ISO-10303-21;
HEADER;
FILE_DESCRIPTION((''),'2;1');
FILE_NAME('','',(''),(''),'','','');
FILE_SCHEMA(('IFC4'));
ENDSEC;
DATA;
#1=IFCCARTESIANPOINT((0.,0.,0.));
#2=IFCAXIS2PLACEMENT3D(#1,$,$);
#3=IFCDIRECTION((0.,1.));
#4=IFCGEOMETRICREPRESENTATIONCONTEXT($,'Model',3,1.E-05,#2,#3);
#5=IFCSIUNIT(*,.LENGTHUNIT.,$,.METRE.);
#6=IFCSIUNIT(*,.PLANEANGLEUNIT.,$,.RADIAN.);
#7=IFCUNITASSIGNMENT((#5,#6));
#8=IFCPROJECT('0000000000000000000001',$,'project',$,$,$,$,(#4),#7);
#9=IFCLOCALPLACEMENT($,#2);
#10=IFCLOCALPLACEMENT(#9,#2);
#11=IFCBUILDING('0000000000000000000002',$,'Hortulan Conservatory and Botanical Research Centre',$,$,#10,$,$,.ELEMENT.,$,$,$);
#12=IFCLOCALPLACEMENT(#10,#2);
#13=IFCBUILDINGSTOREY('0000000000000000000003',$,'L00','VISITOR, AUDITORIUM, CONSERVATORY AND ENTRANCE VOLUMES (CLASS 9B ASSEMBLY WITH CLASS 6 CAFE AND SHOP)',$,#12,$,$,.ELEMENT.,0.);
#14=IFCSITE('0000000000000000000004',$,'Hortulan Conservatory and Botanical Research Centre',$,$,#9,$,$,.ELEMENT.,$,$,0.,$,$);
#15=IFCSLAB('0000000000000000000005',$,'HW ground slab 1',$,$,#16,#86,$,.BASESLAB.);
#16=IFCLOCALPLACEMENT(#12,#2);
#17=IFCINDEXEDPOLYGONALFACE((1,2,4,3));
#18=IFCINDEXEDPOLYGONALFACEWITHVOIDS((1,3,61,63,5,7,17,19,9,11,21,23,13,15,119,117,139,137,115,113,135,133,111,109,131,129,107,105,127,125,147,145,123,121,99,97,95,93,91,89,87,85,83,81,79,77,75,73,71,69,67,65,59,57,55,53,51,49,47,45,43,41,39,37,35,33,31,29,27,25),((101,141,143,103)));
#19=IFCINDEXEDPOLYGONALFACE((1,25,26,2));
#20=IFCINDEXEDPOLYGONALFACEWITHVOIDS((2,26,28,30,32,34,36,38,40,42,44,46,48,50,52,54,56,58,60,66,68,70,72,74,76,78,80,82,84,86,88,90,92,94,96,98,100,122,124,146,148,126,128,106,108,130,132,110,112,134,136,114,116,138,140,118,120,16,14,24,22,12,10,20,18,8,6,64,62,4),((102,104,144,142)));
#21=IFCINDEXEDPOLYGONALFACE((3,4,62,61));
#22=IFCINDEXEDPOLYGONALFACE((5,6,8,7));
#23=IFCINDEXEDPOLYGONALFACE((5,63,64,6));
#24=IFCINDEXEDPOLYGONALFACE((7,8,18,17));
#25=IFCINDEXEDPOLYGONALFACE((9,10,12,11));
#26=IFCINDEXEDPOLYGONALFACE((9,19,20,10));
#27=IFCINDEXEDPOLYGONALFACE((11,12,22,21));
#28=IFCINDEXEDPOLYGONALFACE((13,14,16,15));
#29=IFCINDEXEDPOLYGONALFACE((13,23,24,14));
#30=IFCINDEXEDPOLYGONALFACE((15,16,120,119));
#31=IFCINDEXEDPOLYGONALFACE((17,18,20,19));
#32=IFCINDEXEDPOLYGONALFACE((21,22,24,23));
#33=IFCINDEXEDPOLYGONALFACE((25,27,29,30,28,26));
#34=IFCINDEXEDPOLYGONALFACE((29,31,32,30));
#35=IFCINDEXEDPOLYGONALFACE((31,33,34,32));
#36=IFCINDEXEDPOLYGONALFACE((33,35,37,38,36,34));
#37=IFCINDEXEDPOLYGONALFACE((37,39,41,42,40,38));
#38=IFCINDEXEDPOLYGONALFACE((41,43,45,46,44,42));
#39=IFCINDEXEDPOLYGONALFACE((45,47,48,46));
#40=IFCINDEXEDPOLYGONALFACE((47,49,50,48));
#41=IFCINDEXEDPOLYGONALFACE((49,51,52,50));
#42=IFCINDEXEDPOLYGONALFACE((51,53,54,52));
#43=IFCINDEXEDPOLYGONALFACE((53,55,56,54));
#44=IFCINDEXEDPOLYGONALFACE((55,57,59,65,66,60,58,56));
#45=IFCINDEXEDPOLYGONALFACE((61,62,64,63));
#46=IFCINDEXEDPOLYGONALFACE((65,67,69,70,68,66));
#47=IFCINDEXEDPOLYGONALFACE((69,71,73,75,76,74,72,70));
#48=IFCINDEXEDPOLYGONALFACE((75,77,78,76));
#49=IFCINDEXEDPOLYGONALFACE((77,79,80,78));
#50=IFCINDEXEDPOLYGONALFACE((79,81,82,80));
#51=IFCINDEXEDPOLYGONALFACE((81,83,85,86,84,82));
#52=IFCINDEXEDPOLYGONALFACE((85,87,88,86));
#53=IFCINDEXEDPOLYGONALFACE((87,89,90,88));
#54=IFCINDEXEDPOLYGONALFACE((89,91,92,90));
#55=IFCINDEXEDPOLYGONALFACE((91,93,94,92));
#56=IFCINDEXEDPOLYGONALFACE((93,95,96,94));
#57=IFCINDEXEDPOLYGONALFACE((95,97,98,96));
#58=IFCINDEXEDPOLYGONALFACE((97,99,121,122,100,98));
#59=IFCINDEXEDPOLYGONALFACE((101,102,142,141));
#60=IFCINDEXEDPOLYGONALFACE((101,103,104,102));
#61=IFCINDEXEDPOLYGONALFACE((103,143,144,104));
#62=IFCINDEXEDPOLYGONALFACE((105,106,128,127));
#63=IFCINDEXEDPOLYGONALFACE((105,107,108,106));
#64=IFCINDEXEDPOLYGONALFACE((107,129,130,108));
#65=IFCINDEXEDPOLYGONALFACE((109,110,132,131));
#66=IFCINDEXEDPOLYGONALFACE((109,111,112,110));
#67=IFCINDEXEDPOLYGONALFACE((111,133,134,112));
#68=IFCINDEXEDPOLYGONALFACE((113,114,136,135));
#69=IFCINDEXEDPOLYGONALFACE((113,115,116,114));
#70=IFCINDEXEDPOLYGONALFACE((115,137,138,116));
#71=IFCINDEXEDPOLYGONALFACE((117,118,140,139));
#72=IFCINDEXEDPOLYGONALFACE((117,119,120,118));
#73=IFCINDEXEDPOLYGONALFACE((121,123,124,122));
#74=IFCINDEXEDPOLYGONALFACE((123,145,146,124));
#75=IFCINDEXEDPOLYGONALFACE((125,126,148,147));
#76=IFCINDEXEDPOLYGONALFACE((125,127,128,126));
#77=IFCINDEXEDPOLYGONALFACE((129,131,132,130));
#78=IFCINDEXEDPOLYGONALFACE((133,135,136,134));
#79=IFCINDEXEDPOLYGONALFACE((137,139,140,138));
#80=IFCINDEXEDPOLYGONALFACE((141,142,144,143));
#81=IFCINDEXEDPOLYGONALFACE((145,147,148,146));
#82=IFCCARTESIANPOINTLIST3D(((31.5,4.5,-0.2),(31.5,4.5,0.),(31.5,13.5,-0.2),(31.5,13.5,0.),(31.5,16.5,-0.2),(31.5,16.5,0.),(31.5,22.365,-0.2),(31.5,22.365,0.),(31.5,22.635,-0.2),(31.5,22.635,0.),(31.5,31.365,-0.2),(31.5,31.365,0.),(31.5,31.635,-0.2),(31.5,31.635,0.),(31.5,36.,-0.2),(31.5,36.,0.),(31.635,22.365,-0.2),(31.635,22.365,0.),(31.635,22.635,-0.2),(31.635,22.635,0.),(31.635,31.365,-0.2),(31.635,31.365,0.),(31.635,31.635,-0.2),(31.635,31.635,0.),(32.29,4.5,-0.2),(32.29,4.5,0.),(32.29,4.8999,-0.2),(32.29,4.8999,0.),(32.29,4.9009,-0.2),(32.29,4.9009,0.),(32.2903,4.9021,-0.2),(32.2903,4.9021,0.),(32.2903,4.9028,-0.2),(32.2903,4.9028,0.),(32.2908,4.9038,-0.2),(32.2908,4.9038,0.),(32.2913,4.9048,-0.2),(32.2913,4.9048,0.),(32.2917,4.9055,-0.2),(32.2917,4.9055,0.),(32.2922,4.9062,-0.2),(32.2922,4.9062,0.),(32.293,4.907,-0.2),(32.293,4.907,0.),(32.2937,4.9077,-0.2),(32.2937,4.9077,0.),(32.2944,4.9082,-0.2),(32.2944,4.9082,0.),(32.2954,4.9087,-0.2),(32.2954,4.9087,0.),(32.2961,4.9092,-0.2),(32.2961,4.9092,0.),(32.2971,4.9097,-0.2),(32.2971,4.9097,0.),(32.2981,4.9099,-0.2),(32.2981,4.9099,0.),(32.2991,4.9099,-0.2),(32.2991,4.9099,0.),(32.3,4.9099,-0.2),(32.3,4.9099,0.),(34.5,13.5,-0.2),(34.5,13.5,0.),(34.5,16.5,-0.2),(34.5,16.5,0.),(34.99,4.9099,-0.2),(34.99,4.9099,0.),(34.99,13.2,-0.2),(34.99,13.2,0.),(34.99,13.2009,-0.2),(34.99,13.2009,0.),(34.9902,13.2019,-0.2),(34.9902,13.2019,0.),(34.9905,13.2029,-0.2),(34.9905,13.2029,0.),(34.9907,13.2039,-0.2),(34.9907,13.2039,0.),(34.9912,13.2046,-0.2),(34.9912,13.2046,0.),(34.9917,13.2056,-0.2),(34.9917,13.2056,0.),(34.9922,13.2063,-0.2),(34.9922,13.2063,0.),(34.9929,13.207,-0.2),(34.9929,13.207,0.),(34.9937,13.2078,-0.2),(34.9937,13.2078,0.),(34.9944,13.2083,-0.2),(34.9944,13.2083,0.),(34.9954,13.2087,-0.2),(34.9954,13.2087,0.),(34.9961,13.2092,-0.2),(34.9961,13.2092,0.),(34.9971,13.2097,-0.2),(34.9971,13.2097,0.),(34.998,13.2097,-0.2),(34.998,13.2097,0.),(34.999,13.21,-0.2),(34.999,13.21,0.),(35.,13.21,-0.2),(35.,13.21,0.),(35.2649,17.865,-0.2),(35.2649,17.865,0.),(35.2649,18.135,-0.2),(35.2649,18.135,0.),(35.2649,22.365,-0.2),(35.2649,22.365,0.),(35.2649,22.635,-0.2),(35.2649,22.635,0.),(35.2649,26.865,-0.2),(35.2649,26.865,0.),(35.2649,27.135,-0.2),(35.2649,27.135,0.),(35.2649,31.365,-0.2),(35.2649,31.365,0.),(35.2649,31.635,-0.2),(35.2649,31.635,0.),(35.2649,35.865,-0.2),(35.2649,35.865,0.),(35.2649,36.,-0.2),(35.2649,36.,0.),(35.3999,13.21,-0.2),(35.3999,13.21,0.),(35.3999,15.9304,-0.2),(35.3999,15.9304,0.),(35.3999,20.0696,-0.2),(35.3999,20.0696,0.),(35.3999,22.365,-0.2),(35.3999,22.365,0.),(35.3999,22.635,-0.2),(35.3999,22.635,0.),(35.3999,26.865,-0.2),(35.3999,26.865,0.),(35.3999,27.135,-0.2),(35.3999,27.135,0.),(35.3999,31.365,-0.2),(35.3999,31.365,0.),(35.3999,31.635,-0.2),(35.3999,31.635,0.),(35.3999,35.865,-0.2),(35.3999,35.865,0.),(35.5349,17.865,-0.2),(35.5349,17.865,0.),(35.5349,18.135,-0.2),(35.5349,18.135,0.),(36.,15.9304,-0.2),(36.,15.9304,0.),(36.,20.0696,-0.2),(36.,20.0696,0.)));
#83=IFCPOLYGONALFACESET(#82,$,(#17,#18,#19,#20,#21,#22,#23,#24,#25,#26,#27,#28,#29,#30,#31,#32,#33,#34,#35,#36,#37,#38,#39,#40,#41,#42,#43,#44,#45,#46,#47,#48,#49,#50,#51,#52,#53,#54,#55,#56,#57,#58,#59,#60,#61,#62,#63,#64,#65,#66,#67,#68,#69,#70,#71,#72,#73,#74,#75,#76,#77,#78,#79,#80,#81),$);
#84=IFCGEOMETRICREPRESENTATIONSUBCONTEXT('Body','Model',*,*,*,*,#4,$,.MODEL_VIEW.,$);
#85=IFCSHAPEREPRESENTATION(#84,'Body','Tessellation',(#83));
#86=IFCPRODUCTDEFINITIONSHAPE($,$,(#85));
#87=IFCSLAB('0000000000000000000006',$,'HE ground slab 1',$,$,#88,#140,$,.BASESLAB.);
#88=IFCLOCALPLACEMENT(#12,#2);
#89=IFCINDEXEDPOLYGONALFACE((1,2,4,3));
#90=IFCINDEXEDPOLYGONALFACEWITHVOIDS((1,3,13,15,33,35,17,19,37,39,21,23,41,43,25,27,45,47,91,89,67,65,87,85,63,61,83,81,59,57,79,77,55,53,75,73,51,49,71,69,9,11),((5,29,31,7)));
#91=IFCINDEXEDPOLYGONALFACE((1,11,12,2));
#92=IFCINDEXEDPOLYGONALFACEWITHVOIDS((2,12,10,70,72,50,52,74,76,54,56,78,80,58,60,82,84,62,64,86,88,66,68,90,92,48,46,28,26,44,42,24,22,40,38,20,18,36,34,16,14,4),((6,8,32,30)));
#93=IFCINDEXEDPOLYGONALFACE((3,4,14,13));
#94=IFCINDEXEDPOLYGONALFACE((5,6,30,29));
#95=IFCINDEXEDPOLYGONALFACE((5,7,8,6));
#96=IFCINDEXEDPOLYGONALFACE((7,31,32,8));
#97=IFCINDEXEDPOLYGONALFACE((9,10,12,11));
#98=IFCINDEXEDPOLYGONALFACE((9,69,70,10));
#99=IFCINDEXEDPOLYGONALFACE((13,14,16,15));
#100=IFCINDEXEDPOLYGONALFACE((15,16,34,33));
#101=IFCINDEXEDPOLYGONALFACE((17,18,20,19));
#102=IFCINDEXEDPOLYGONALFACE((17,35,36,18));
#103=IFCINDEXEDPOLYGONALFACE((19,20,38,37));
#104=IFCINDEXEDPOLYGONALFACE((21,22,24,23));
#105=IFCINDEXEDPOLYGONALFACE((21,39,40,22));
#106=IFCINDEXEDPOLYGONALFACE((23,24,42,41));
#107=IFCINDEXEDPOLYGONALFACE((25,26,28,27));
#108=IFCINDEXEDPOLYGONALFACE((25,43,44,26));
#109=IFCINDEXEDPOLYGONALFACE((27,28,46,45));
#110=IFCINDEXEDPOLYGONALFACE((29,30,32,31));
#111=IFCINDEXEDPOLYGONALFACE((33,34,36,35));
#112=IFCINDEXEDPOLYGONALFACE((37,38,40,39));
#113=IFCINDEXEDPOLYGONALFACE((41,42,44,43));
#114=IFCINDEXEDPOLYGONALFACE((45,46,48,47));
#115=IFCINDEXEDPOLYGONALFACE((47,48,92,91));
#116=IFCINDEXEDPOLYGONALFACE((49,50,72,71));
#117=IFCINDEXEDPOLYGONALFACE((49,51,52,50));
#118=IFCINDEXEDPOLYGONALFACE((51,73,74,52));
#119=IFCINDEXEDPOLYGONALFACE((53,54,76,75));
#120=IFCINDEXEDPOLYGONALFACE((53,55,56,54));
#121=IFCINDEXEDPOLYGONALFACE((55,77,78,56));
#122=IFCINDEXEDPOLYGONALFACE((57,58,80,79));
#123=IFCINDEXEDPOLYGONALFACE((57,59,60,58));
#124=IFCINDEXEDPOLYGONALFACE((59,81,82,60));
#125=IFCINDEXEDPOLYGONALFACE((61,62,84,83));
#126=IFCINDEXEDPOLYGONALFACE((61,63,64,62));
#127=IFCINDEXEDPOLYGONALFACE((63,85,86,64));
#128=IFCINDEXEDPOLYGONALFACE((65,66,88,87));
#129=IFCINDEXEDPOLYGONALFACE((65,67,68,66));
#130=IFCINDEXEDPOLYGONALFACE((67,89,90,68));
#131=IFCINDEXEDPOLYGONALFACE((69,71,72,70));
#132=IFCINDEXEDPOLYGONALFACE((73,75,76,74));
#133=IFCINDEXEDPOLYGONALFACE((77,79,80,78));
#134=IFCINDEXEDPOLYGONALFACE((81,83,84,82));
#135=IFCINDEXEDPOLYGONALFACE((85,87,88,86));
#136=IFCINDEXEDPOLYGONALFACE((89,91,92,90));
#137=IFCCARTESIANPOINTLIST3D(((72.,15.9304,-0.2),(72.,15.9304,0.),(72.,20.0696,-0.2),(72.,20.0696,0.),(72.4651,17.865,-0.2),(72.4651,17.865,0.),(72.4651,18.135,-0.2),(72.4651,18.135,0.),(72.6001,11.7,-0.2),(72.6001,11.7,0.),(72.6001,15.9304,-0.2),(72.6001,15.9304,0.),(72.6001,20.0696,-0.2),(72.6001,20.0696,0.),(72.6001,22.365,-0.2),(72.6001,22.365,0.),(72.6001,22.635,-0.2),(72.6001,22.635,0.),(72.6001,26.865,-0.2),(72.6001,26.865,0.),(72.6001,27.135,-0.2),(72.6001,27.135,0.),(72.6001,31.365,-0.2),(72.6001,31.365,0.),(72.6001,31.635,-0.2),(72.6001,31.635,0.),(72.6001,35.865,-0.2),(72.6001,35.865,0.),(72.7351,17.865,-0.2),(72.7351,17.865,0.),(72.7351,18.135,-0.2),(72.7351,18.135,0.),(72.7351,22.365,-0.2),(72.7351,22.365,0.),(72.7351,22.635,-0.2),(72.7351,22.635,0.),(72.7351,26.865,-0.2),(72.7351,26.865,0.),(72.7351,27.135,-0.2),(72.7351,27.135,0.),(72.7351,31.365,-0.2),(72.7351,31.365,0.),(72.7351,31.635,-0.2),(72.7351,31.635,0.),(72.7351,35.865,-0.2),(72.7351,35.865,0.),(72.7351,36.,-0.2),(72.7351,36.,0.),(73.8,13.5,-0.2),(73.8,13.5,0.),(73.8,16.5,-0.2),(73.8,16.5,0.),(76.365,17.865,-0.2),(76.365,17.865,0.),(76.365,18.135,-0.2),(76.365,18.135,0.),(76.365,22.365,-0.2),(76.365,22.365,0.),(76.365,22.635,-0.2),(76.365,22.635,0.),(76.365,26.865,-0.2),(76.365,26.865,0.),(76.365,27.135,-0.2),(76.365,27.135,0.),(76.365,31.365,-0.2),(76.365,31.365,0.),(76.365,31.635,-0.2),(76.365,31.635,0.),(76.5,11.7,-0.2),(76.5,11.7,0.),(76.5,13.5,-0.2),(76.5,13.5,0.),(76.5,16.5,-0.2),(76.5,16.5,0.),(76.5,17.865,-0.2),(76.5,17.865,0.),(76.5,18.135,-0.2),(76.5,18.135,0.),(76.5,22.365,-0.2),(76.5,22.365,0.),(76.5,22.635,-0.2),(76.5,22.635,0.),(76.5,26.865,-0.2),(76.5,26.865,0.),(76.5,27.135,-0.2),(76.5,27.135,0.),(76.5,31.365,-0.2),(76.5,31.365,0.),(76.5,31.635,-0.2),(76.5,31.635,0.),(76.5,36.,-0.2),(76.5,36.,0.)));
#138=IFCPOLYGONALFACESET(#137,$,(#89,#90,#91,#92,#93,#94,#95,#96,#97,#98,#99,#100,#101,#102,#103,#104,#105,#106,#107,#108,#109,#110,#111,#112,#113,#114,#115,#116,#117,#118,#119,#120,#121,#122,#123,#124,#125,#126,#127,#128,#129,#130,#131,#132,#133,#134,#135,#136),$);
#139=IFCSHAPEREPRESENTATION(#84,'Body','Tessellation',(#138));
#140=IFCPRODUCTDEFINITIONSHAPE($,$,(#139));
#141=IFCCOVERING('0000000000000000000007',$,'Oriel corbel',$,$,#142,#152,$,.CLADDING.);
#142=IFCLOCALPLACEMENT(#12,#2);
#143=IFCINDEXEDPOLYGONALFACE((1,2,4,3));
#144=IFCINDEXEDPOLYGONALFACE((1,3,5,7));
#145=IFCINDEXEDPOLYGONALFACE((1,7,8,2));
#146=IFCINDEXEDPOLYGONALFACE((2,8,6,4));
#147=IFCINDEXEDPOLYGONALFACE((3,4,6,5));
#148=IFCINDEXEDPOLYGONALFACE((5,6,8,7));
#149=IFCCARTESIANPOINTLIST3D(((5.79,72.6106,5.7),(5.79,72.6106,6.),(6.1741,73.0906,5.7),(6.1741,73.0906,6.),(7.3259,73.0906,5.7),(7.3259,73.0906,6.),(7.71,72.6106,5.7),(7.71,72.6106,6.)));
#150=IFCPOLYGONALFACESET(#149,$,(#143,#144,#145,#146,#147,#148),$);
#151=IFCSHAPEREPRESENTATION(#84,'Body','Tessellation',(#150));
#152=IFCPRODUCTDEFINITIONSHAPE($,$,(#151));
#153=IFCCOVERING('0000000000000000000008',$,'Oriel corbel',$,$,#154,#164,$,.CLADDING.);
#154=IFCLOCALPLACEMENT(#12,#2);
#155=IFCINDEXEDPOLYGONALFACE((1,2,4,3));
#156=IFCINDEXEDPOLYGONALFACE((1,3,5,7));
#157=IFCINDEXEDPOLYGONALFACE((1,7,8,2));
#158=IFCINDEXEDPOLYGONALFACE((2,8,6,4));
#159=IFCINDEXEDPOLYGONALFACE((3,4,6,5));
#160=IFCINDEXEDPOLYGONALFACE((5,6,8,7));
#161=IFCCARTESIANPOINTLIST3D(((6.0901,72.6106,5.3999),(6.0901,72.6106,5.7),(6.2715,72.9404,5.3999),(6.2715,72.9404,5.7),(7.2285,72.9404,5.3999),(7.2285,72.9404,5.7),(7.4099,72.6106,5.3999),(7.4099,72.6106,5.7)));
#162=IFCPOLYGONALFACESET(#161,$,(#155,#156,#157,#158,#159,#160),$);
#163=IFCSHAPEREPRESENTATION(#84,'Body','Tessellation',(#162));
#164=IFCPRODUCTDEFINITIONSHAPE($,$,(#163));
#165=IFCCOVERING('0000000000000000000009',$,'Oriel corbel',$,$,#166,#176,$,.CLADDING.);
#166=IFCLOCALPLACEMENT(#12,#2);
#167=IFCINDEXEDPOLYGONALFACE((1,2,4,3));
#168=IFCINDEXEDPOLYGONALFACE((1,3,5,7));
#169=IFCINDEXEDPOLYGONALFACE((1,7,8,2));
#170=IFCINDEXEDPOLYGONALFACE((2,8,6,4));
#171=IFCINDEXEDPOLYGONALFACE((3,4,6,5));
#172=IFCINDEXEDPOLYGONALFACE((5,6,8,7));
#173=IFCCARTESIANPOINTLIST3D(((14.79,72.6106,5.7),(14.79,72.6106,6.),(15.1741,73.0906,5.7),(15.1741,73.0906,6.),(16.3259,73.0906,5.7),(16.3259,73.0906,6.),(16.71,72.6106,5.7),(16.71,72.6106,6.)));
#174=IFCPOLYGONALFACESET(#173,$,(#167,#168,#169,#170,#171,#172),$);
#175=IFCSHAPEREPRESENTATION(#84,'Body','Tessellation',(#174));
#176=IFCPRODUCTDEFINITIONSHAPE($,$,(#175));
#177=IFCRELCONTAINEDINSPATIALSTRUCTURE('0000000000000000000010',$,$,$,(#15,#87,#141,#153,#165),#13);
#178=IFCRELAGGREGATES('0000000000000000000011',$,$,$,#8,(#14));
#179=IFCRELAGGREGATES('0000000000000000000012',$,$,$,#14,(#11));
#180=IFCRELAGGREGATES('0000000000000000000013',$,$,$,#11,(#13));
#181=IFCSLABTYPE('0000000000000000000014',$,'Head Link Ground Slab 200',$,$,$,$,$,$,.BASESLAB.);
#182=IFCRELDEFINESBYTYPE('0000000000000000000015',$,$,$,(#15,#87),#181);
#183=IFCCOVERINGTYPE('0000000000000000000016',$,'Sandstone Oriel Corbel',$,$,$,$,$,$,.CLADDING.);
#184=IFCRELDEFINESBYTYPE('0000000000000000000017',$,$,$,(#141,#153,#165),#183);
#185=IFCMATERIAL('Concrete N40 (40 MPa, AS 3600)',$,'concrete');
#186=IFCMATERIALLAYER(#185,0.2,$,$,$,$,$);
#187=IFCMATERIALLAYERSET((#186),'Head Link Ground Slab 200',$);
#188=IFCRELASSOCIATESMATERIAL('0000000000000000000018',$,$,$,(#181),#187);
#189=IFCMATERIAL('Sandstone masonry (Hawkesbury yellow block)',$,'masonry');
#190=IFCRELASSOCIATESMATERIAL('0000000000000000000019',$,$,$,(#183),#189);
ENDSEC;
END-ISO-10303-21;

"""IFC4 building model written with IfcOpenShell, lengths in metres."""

from ifc_helpers import new_model, si_unit, direction, frame, origin, place, context, subcontext, project, spatial, polyline, outline, extrude, material, layer, layer_set, type_object, element, save


model = new_model("IFC4")

# Units and contexts
model_context = context("Model", 3, precision=1e-05, world=origin(), true_north=direction((0.0, 1.0)))
body_context = subcontext(model_context, "Body", "Model", "MODEL_VIEW")
ifc_project = project(units=[si_unit("LENGTHUNIT", "METRE"), si_unit("PLANEANGLEUNIT", "RADIAN")], contexts=[model_context])

# Site, building, storey
site_placement = place(None, origin())
site = spatial("IfcSite", under=ifc_project, at=site_placement, Name="Hortulan Conservatory and Botanical Research Centre", CompositionType="ELEMENT", RefElevation=0.0)
building_placement = place(site_placement, origin())
building = spatial("IfcBuilding", under=site, at=building_placement, Name="Hortulan Conservatory and Botanical Research Centre", CompositionType="ELEMENT")
storey_placement = place(building_placement, origin())
storey = spatial("IfcBuildingStorey", under=building, at=storey_placement, Name="L00", Description="VISITOR, AUDITORIUM, CONSERVATORY AND ENTRANCE VOLUMES (CLASS 9B ASSEMBLY WITH CLASS 6 CAFE AND SHOP)", CompositionType="ELEMENT", Elevation=0.0)

# Shared definitions
ifc_material_1 = material(Name="Concrete N40 (40 MPa, AS 3600)", Category="concrete")

# Slabs
ifc_layer_1 = layer(ifc_material_1, 0.2)
ifc_layer_set_1 = layer_set([ifc_layer_1], Name="Head Link Ground Slab 200")
slab_type_1 = type_object("IfcSlabType", Name="Head Link Ground Slab 200", PredefinedType="BASESLAB", material=ifc_layer_set_1)
slab_1_placement = place(storey_placement, frame((0.0, 0.0, -0.2)))
element("IfcSlab", 1, at=slab_1_placement, inside=storey, type_object=slab_type_1, Name="HW ground slab 1", PredefinedType="BASESLAB", context=body_context, shape_type="SweptSolid", body=[
    extrude(outline(polyline([(35.3999, 13.21), (35.0, 13.21), (34.999, 13.21), (34.998, 13.2097), (34.9971, 13.2097), (34.9961, 13.2092), (34.9954, 13.2087), (34.9944, 13.2083), (34.9937, 13.2078), (34.9929, 13.207), (34.9922, 13.2063), (34.9917, 13.2056), (34.9912, 13.2046), (34.9907, 13.2039), (34.9905, 13.2029), (34.9902, 13.2019), (34.99, 13.2009), (34.99, 13.2), (34.99, 4.9099), (32.3, 4.9099), (32.2991, 4.9099), (32.2981, 4.9099), (32.2971, 4.9097), (32.2961, 4.9092), (32.2954, 4.9087), (32.2944, 4.9082), (32.2937, 4.9077), (32.293, 4.907), (32.2922, 4.9062), (32.2917, 4.9055), (32.2913, 4.9048), (32.2908, 4.9038), (32.2903, 4.9028), (32.2903, 4.9021), (32.29, 4.9009), (32.29, 4.8999), (32.29, 4.5), (31.5, 4.5), (31.5, 13.5), (34.5, 13.5), (34.5, 16.5), (31.5, 16.5), (31.5, 22.365), (31.635, 22.365), (31.635, 22.635), (31.5, 22.635), (31.5, 31.365), (31.635, 31.365), (31.635, 31.635), (31.5, 31.635), (31.5, 36.0), (35.2649, 36.0), (35.2649, 35.865), (35.3999, 35.865), (35.3999, 31.635), (35.2649, 31.635), (35.2649, 31.365), (35.3999, 31.365), (35.3999, 27.135), (35.2649, 27.135), (35.2649, 26.865), (35.3999, 26.865), (35.3999, 22.635), (35.2649, 22.635), (35.2649, 22.365), (35.3999, 22.365), (35.3999, 20.0696), (36.0, 20.0696), (36.0, 15.9304), (35.3999, 15.9304), (35.3999, 13.21)]), holes=[polyline([(35.2649, 17.865), (35.5349, 17.865), (35.5349, 18.135), (35.2649, 18.135), (35.2649, 17.865)])]), origin(), (0.0, 0.0, 1.0), 0.2),
])
slab_2_placement = place(storey_placement, frame((0.0, 0.0, -0.2)))
element("IfcSlab", 2, at=slab_2_placement, inside=storey, type_object=slab_type_1, Name="HE ground slab 1", PredefinedType="BASESLAB", context=body_context, shape_type="SweptSolid", body=[
    extrude(outline(polyline([(72.6001, 20.0696), (72.6001, 22.365), (72.7351, 22.365), (72.7351, 22.635), (72.6001, 22.635), (72.6001, 26.865), (72.7351, 26.865), (72.7351, 27.135), (72.6001, 27.135), (72.6001, 31.365), (72.7351, 31.365), (72.7351, 31.635), (72.6001, 31.635), (72.6001, 35.865), (72.7351, 35.865), (72.7351, 36.0), (76.5, 36.0), (76.5, 31.635), (76.365, 31.635), (76.365, 31.365), (76.5, 31.365), (76.5, 27.135), (76.365, 27.135), (76.365, 26.865), (76.5, 26.865), (76.5, 22.635), (76.365, 22.635), (76.365, 22.365), (76.5, 22.365), (76.5, 18.135), (76.365, 18.135), (76.365, 17.865), (76.5, 17.865), (76.5, 16.5), (73.8, 16.5), (73.8, 13.5), (76.5, 13.5), (76.5, 11.7), (72.6001, 11.7), (72.6001, 15.9304), (72.0, 15.9304), (72.0, 20.0696), (72.6001, 20.0696)]), holes=[polyline([(72.4651, 18.135), (72.4651, 17.865), (72.7351, 17.865), (72.7351, 18.135), (72.4651, 18.135)])]), origin(), (0.0, 0.0, 1.0), 0.2),
])

# Coverings
ifc_material_2 = material(Name="Sandstone masonry (Hawkesbury yellow block)", Category="masonry")
covering_type_1 = type_object("IfcCoveringType", Name="Sandstone Oriel Corbel", PredefinedType="CLADDING", material=ifc_material_2)
covering_1_placement = place(storey_placement, frame((0.0, 0.0, 5.7)))
element("IfcCovering", 3, at=covering_1_placement, inside=storey, type_object=covering_type_1, Name="Oriel corbel", PredefinedType="CLADDING", context=body_context, shape_type="SweptSolid", body=[
    extrude(outline(polyline([(5.79, 72.6106), (6.1741, 73.0906), (7.3259, 73.0906), (7.71, 72.6106), (5.79, 72.6106)])), origin(), (0.0, 0.0, 1.0), 0.3),
])
covering_2_placement = place(storey_placement, frame((0.0, 0.0, 5.3999)))
element("IfcCovering", 4, at=covering_2_placement, inside=storey, type_object=covering_type_1, Name="Oriel corbel", PredefinedType="CLADDING", context=body_context, shape_type="SweptSolid", body=[
    extrude(outline(polyline([(6.0901, 72.6106), (6.2715, 72.9404), (7.2285, 72.9404), (7.4099, 72.6106), (6.0901, 72.6106)])), origin(), (0.0, 0.0, 1.0), 0.3),
])
covering_3_placement = place(storey_placement, frame((0.0, 0.0, 5.7)))
element("IfcCovering", 5, at=covering_3_placement, inside=storey, type_object=covering_type_1, Name="Oriel corbel", PredefinedType="CLADDING", context=body_context, shape_type="SweptSolid", body=[
    extrude(outline(polyline([(14.79, 72.6106), (15.1741, 73.0906), (16.3259, 73.0906), (16.71, 72.6106), (14.79, 72.6106)])), origin(), (0.0, 0.0, 1.0), 0.3),
])

save(model, "model.ifc")
